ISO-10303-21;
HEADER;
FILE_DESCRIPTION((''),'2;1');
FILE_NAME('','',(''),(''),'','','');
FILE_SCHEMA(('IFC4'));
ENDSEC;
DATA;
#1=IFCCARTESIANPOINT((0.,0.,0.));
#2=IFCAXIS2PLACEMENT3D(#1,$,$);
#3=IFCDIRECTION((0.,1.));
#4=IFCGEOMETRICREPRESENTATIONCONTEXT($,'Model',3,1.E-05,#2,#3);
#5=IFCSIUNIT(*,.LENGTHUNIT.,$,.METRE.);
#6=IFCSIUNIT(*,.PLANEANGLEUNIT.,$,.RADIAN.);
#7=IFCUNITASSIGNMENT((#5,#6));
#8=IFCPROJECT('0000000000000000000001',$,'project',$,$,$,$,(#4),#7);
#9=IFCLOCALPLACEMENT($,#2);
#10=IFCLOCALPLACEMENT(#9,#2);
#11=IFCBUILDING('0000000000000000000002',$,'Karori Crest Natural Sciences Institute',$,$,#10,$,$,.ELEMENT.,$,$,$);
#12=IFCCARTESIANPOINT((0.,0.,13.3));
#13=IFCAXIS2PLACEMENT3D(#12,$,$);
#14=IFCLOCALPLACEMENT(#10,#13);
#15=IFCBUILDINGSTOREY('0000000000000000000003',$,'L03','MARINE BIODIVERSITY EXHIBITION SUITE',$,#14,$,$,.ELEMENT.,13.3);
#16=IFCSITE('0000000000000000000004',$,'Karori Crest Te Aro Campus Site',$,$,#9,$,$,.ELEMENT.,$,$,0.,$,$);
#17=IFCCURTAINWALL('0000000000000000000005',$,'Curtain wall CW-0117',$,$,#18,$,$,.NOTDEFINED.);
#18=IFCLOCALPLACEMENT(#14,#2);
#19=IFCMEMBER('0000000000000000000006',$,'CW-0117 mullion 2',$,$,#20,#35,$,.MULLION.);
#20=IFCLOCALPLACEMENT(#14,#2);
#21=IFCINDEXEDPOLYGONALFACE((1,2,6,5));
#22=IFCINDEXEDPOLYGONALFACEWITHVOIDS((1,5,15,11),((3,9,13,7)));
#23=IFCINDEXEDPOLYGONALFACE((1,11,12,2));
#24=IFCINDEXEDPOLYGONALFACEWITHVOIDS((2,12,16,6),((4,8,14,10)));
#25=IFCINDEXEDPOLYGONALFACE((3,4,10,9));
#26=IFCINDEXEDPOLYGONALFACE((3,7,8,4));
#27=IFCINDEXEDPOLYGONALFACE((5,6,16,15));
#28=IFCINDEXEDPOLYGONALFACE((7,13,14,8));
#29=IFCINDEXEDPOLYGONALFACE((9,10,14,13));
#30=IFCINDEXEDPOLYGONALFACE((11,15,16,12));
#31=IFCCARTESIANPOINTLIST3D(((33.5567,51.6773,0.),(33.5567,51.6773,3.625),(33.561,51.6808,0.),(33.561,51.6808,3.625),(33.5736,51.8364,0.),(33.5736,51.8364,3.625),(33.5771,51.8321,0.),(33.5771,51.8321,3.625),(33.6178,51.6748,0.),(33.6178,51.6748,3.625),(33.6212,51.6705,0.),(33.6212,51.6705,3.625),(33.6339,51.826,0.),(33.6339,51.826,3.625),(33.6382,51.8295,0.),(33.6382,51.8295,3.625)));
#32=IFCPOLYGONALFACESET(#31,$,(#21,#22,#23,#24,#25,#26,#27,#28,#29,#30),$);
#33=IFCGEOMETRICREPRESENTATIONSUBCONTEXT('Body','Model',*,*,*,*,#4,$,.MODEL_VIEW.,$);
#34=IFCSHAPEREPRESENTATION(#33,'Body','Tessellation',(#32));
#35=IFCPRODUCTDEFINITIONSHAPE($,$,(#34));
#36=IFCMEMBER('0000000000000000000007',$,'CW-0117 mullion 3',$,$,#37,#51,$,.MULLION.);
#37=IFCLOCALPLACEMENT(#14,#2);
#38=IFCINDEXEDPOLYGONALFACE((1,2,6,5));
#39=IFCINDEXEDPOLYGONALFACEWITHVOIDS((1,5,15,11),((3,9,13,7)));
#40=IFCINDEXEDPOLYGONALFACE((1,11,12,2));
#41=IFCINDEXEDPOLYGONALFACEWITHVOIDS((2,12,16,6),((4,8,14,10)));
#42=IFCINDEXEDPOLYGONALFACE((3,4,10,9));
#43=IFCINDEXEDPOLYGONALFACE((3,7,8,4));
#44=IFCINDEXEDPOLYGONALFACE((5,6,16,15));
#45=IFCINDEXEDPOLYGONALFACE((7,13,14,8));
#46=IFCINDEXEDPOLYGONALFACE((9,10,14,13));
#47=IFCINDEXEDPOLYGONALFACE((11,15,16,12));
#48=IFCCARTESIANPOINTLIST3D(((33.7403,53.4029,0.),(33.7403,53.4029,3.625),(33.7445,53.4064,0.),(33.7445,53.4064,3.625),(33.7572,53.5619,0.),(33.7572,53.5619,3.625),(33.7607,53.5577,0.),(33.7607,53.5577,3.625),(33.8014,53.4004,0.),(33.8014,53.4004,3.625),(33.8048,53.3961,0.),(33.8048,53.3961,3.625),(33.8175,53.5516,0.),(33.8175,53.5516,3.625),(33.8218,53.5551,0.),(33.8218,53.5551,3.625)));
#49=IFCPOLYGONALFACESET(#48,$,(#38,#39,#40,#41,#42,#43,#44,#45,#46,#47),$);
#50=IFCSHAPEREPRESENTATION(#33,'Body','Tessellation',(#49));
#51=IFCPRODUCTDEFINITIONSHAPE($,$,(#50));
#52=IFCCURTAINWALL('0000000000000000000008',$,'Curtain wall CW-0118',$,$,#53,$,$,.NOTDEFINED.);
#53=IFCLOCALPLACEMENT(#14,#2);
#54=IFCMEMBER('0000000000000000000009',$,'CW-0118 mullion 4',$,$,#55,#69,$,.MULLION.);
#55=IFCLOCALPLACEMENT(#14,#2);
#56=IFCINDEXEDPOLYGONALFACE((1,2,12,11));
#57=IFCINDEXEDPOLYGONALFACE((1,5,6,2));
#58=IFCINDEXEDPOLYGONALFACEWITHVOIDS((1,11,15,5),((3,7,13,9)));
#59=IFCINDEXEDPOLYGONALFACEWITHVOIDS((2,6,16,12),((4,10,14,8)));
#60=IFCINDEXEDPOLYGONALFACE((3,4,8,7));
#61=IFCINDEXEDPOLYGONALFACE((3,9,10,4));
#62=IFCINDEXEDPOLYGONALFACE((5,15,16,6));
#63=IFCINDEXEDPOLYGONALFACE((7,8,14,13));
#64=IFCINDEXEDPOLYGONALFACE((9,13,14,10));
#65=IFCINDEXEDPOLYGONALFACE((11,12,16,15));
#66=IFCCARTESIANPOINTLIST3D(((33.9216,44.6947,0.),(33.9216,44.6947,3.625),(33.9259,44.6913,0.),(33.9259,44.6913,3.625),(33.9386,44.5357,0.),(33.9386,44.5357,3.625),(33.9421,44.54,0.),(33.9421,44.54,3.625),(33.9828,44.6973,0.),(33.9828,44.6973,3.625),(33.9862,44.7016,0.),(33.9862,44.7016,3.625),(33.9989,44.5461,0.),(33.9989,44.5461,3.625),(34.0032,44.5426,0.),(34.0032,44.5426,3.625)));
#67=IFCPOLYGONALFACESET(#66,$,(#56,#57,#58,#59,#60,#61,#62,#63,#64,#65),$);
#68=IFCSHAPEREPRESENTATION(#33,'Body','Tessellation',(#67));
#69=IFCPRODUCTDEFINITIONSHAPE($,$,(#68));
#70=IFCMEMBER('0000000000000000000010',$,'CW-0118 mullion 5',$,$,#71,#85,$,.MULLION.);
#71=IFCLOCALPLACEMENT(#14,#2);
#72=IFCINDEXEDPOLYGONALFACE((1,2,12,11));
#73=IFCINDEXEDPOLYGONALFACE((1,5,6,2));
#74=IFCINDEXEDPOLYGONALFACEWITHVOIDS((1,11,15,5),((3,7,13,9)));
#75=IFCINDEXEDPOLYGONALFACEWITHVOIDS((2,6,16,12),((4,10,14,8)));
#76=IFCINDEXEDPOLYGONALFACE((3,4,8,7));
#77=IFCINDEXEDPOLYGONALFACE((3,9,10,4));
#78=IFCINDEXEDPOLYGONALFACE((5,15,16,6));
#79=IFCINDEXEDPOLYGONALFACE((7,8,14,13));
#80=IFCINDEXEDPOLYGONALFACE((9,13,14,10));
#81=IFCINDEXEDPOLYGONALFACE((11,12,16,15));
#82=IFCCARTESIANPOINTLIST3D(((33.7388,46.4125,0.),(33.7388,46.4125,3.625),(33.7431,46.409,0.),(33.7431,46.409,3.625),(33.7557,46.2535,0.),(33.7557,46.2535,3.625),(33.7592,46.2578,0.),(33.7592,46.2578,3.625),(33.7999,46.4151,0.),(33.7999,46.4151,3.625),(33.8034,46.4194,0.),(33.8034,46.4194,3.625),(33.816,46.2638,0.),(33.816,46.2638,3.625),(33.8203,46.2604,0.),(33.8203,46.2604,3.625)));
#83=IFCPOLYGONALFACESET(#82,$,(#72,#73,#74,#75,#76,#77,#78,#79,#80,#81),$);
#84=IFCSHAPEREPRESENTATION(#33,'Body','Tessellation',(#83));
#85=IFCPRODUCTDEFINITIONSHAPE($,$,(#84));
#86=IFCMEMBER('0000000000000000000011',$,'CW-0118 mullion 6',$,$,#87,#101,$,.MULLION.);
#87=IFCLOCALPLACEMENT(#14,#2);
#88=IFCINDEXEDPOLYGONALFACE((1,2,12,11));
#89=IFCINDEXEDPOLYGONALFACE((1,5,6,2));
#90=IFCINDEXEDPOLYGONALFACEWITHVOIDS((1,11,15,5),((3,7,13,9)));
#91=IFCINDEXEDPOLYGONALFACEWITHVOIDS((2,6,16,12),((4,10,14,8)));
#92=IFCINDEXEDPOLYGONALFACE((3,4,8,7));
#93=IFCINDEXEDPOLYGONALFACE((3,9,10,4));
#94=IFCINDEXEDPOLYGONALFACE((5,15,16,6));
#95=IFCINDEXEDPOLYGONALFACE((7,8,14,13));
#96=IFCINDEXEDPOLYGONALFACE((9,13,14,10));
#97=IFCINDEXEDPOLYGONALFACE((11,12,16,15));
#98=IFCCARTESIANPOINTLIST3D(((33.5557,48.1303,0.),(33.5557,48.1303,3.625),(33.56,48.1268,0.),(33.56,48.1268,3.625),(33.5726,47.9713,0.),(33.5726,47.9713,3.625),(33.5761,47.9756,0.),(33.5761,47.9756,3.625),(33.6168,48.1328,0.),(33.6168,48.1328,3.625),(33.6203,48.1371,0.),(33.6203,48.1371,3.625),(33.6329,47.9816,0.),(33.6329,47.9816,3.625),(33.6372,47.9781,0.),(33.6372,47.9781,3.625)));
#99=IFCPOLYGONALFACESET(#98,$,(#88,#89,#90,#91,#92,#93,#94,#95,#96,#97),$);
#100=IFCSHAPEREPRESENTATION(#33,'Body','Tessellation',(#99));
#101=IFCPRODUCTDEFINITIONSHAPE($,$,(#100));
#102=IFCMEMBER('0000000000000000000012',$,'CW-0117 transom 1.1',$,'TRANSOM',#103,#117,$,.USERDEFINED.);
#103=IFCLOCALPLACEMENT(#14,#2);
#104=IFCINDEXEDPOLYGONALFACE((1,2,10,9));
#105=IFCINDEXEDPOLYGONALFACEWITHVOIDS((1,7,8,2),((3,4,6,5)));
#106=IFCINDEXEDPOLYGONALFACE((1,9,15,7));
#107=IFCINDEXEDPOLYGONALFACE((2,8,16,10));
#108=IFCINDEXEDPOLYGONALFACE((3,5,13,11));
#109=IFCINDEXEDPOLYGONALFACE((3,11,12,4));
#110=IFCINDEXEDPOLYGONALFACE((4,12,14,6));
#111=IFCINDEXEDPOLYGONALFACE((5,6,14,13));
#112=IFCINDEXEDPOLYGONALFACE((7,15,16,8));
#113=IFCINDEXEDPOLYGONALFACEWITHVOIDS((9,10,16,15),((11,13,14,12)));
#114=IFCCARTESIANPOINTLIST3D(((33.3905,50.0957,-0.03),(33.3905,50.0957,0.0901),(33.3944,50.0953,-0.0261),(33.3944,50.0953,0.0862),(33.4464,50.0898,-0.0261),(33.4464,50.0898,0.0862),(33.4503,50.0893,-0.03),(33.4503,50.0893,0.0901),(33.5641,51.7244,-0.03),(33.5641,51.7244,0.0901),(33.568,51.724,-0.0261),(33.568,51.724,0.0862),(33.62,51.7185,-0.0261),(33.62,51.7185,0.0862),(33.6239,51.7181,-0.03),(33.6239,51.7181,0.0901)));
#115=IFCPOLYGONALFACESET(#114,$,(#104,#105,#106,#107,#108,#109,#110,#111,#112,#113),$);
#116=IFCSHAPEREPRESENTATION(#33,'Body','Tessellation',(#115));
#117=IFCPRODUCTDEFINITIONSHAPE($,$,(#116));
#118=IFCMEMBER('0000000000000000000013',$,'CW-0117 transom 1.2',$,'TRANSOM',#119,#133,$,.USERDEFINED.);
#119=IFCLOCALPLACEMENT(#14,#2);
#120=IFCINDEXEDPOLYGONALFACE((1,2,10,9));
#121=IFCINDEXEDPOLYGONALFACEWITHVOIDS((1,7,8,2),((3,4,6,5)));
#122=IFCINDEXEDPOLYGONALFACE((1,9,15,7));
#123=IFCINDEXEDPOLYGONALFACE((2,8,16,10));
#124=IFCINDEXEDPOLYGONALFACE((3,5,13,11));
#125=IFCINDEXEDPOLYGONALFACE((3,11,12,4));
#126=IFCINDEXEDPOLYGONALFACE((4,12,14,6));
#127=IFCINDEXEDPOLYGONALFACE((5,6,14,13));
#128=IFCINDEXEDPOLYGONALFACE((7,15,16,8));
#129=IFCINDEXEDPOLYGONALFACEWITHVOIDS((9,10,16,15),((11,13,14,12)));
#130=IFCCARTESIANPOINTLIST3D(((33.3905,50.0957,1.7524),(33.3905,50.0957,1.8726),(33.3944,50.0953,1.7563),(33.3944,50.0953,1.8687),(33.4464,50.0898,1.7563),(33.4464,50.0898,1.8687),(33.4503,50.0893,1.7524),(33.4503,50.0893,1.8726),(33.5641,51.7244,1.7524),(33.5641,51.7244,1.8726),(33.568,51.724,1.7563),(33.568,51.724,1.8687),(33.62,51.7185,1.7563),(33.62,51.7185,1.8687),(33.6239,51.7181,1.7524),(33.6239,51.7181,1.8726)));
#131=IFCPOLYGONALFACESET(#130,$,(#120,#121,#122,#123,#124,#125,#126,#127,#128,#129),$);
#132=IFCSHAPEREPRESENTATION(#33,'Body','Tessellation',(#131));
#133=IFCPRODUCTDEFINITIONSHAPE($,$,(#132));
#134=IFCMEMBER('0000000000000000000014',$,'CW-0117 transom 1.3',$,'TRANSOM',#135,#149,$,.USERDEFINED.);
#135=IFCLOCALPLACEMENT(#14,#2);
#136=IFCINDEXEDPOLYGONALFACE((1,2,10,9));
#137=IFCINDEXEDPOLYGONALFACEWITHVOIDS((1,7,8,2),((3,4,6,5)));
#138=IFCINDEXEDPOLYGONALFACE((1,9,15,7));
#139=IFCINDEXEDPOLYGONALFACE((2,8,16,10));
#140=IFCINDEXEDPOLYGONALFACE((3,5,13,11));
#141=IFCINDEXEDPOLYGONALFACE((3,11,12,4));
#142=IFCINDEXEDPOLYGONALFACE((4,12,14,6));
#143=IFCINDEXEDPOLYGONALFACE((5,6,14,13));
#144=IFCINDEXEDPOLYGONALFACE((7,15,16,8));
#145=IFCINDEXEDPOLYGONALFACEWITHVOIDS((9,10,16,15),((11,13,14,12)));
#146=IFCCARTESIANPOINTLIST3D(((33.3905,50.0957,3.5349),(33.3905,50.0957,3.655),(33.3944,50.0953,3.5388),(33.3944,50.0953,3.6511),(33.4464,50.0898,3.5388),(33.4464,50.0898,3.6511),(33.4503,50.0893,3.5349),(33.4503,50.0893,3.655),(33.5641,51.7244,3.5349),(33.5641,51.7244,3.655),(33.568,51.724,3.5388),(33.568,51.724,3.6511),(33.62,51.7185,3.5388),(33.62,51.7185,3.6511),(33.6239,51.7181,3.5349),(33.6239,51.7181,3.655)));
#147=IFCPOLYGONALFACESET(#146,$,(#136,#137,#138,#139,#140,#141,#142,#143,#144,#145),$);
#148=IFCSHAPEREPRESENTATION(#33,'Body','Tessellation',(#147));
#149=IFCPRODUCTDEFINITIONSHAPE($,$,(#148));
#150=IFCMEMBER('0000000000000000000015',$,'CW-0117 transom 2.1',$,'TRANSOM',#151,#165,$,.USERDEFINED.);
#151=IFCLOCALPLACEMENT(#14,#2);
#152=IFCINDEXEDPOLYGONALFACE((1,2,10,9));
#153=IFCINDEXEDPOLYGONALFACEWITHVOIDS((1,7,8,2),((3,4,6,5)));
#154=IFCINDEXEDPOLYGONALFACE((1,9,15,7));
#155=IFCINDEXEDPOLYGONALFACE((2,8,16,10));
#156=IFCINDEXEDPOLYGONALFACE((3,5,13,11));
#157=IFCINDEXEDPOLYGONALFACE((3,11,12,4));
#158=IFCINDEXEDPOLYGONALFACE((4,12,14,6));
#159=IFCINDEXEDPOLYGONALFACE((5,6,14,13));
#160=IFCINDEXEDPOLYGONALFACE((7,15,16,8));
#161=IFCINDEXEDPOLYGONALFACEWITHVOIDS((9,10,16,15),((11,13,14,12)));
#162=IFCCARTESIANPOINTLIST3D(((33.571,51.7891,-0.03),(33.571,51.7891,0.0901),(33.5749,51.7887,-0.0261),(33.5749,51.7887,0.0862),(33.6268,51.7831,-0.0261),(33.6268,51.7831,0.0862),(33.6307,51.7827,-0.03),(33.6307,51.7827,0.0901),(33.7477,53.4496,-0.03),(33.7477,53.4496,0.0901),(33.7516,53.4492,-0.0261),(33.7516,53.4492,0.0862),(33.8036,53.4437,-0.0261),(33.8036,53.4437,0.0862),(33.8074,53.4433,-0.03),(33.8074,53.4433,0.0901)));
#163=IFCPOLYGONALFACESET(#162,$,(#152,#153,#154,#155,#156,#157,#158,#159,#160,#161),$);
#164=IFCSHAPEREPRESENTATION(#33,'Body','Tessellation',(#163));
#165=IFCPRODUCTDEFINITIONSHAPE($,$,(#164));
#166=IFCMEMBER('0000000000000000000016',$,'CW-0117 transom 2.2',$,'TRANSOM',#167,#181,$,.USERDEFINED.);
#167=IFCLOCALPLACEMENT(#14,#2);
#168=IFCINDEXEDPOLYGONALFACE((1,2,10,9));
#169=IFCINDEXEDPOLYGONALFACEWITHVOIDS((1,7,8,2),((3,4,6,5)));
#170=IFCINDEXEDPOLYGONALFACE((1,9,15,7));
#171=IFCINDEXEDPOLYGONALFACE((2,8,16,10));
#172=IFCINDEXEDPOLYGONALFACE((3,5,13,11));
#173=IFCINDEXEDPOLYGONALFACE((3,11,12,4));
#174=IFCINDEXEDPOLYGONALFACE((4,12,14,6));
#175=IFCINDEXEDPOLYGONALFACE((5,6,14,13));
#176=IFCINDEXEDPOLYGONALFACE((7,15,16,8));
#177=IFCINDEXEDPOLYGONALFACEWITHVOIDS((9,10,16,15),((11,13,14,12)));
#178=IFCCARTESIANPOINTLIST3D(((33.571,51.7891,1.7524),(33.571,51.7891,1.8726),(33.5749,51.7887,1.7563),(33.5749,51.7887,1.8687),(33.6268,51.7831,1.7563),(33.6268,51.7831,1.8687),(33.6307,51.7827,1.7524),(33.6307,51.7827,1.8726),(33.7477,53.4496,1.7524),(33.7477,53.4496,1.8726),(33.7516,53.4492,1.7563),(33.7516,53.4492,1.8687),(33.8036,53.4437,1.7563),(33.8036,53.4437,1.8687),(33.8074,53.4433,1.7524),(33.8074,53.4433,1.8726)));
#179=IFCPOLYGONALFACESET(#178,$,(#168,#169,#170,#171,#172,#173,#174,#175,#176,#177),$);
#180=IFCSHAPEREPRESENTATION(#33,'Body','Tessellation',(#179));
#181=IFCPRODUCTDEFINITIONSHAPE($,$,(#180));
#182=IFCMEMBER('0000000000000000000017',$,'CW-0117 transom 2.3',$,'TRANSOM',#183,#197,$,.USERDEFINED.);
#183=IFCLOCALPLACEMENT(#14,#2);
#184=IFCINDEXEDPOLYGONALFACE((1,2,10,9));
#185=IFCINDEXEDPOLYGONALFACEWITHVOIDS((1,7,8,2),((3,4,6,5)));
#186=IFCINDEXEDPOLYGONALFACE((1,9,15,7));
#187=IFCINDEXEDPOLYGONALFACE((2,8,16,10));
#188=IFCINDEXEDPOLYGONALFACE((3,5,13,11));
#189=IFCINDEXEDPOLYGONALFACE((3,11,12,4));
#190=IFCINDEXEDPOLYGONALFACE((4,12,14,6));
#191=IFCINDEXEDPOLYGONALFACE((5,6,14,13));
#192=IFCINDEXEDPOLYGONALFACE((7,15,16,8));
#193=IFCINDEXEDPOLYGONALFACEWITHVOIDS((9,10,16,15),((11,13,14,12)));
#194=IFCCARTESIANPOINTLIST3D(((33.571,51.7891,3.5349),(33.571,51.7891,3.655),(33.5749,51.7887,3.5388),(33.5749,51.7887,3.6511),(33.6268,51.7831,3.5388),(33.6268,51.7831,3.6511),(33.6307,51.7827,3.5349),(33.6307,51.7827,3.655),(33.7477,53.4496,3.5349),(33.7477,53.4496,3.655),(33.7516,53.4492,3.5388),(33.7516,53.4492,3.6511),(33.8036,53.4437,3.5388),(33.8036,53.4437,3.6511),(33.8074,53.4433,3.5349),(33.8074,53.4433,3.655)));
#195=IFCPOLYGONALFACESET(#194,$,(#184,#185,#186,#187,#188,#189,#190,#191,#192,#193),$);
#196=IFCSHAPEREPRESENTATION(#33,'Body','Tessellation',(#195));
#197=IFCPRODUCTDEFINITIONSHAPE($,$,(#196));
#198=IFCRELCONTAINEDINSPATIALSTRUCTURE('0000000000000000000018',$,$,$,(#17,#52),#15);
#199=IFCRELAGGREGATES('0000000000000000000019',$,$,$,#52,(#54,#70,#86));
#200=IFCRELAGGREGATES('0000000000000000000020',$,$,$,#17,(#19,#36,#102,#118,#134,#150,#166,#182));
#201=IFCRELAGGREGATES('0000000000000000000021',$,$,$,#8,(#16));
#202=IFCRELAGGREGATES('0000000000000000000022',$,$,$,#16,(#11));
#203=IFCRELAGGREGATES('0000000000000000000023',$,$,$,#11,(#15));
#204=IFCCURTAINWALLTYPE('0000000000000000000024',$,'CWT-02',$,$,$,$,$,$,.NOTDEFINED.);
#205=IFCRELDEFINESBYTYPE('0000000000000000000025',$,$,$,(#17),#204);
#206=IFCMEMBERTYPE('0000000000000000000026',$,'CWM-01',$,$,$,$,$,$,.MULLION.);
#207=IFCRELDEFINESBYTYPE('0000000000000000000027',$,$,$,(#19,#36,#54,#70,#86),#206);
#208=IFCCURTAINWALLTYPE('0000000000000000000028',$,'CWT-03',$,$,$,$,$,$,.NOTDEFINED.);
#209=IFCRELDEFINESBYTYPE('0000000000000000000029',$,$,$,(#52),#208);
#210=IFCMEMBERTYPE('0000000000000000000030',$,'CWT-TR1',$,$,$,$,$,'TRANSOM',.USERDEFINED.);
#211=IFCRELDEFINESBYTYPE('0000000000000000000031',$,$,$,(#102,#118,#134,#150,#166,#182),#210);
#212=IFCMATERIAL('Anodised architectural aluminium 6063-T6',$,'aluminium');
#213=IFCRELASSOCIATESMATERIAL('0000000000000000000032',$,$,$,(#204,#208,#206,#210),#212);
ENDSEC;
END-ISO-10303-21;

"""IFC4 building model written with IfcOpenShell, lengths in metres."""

from ifc_helpers import new_model, si_unit, direction, frame, origin, origin_2d, place, context, subcontext, project, spatial, hollow_rectangle, extrude, material, material_profile, profile_set, type_object, element, aggregate, save


model = new_model("IFC4")

# Units and contexts
model_context = context("Model", 3, precision=1e-05, world=origin(), true_north=direction((0.0, 1.0)))
body_context = subcontext(model_context, "Body", "Model", "MODEL_VIEW")
ifc_project = project(units=[si_unit("LENGTHUNIT", "METRE"), si_unit("PLANEANGLEUNIT", "RADIAN")], contexts=[model_context])

# Site, building, storey
site_placement = place(None, origin())
site = spatial("IfcSite", under=ifc_project, at=site_placement, Name="Karori Crest Te Aro Campus Site", CompositionType="ELEMENT", RefElevation=0.0)
building_placement = place(site_placement, origin())
building = spatial("IfcBuilding", under=site, at=building_placement, Name="Karori Crest Natural Sciences Institute", CompositionType="ELEMENT")
storey_placement = place(building_placement, frame((0.0, 0.0, 13.3)))
storey = spatial("IfcBuildingStorey", under=building, at=storey_placement, Name="L03", Description="MARINE BIODIVERSITY EXHIBITION SUITE", CompositionType="ELEMENT", Elevation=13.3)

# Curtain walls, members
ifc_material_1 = material(Name="Anodised architectural aluminium 6063-T6", Category="aluminium")
curtain_wall_type_1 = type_object("IfcCurtainWallType", Name="CWT-02", PredefinedType="NOTDEFINED", material=ifc_material_1)
curtain_wall_1_placement = place(storey_placement, origin())
curtain_wall_1 = element("IfcCurtainWall", 1, at=curtain_wall_1_placement, inside=storey, type_object=curtain_wall_type_1, Name="Curtain wall CW-0117", PredefinedType="NOTDEFINED")
ifc_material_profile_1 = material_profile(ifc_material_1, hollow_rectangle(XDim=0.0649, YDim=0.1599, WallThickness=0.0039, at=origin_2d()), Name="CWM160x65x4")
ifc_profile_set_1 = profile_set([ifc_material_profile_1], Name="Anodised architectural aluminium 6063-T6")
member_type_1 = type_object("IfcMemberType", Name="CWM-01", PredefinedType="MULLION", material=ifc_profile_set_1)
member_1_placement = place(storey_placement, frame((33.5974, 51.7534, 0.0), z_axis=(0.0, 0.0, 1.0), x_axis=(-0.994378, 0.105886, 0.0)))
member_1 = element("IfcMember", 2, at=member_1_placement, type_object=member_type_1, Name="CW-0117 mullion 2", PredefinedType="MULLION", context=body_context, shape_type="SweptSolid", body=[
    extrude(hollow_rectangle(XDim=0.0649, YDim=0.1599, WallThickness=0.0039, at=origin_2d()), origin(), (0.0, 0.0, 1.0), 3.625),
])
member_2_placement = place(storey_placement, frame((33.781, 53.479, 0.0), z_axis=(0.0, 0.0, 1.0), x_axis=(-0.994378, 0.105886, 0.0)))
member_2 = element("IfcMember", 3, at=member_2_placement, type_object=member_type_1, Name="CW-0117 mullion 3", PredefinedType="MULLION", context=body_context, shape_type="SweptSolid", body=[
    extrude(hollow_rectangle(XDim=0.0649, YDim=0.1599, WallThickness=0.0039, at=origin_2d()), origin(), (0.0, 0.0, 1.0), 3.625),
])
curtain_wall_type_2 = type_object("IfcCurtainWallType", Name="CWT-03", PredefinedType="NOTDEFINED", material=ifc_material_1)
curtain_wall_2_placement = place(storey_placement, origin())
curtain_wall_2 = element("IfcCurtainWall", 4, at=curtain_wall_2_placement, inside=storey, type_object=curtain_wall_type_2, Name="Curtain wall CW-0118", PredefinedType="NOTDEFINED")
member_3_placement = place(storey_placement, frame((33.9624, 44.6187, 0.0), z_axis=(0.0, 0.0, 1.0), x_axis=(-0.994378, -0.105884, 0.0)))
member_3 = element("IfcMember", 5, at=member_3_placement, type_object=member_type_1, Name="CW-0118 mullion 4", PredefinedType="MULLION", context=body_context, shape_type="SweptSolid", body=[
    extrude(hollow_rectangle(XDim=0.0649, YDim=0.1599, WallThickness=0.0039, at=origin_2d()), origin(), (0.0, 0.0, 1.0), 3.625),
])
member_4_placement = place(storey_placement, frame((33.7795, 46.3364, 0.0), z_axis=(0.0, 0.0, 1.0), x_axis=(-0.994378, -0.105884, 0.0)))
member_4 = element("IfcMember", 6, at=member_4_placement, type_object=member_type_1, Name="CW-0118 mullion 5", PredefinedType="MULLION", context=body_context, shape_type="SweptSolid", body=[
    extrude(hollow_rectangle(XDim=0.0649, YDim=0.1599, WallThickness=0.0039, at=origin_2d()), origin(), (0.0, 0.0, 1.0), 3.625),
])
member_5_placement = place(storey_placement, frame((33.5964, 48.0542, 0.0), z_axis=(0.0, 0.0, 1.0), x_axis=(-0.994378, -0.105884, 0.0)))
member_5 = element("IfcMember", 7, at=member_5_placement, type_object=member_type_1, Name="CW-0118 mullion 6", PredefinedType="MULLION", context=body_context, shape_type="SweptSolid", body=[
    extrude(hollow_rectangle(XDim=0.0649, YDim=0.1599, WallThickness=0.0039, at=origin_2d()), origin(), (0.0, 0.0, 1.0), 3.625),
])

# Members
ifc_material_profile_2 = material_profile(ifc_material_1, hollow_rectangle(XDim=0.0601, YDim=0.1201, WallThickness=0.0039, at=origin_2d()), Name="CWT120x60x4")
ifc_profile_set_2 = profile_set([ifc_material_profile_2], Name="Anodised architectural aluminium 6063-T6")
member_type_2 = type_object("IfcMemberType", Name="CWT-TR1", ElementType="TRANSOM", PredefinedType="USERDEFINED", material=ifc_profile_set_2)
member_6_placement = place(storey_placement, frame((33.4204, 50.0925, 0.03), z_axis=(0.10598, 0.994368, 0.0), x_axis=(-0.994368, 0.10598, 0.0)))
member_6 = element("IfcMember", 8, at=member_6_placement, type_object=member_type_2, Name="CW-0117 transom 1.1", ObjectType="TRANSOM", PredefinedType="USERDEFINED", context=body_context, shape_type="SweptSolid", body=[
    extrude(hollow_rectangle(XDim=0.0601, YDim=0.1201, WallThickness=0.0039, at=origin_2d()), origin(), (0.0, 0.0, 1.0), 1.6379),
])
member_7_placement = place(storey_placement, frame((33.4204, 50.0925, 1.8125), z_axis=(0.10598, 0.994368, 0.0), x_axis=(-0.994368, 0.10598, 0.0)))
member_7 = element("IfcMember", 9, at=member_7_placement, type_object=member_type_2, Name="CW-0117 transom 1.2", ObjectType="TRANSOM", PredefinedType="USERDEFINED", context=body_context, shape_type="SweptSolid", body=[
    extrude(hollow_rectangle(XDim=0.0601, YDim=0.1201, WallThickness=0.0039, at=origin_2d()), origin(), (0.0, 0.0, 1.0), 1.6379),
])
member_8_placement = place(storey_placement, frame((33.4204, 50.0925, 3.595), z_axis=(0.10598, 0.994368, 0.0), x_axis=(-0.994368, 0.10598, 0.0)))
member_8 = element("IfcMember", 10, at=member_8_placement, type_object=member_type_2, Name="CW-0117 transom 1.3", ObjectType="TRANSOM", PredefinedType="USERDEFINED", context=body_context, shape_type="SweptSolid", body=[
    extrude(hollow_rectangle(XDim=0.0601, YDim=0.1201, WallThickness=0.0039, at=origin_2d()), origin(), (0.0, 0.0, 1.0), 1.6379),
])
member_9_placement = place(storey_placement, frame((33.6008, 51.7859, 0.03), z_axis=(0.105841, 0.994383, 0.0), x_axis=(-0.994383, 0.105841, 0.0)))
member_9 = element("IfcMember", 11, at=member_9_placement, type_object=member_type_2, Name="CW-0117 transom 2.1", ObjectType="TRANSOM", PredefinedType="USERDEFINED", context=body_context, shape_type="SweptSolid", body=[
    extrude(hollow_rectangle(XDim=0.0601, YDim=0.1201, WallThickness=0.0039, at=origin_2d()), origin(), (0.0, 0.0, 1.0), 1.6699),
])
member_10_placement = place(storey_placement, frame((33.6008, 51.7859, 1.8125), z_axis=(0.105841, 0.994383, 0.0), x_axis=(-0.994383, 0.105841, 0.0)))
member_10 = element("IfcMember", 12, at=member_10_placement, type_object=member_type_2, Name="CW-0117 transom 2.2", ObjectType="TRANSOM", PredefinedType="USERDEFINED", context=body_context, shape_type="SweptSolid", body=[
    extrude(hollow_rectangle(XDim=0.0601, YDim=0.1201, WallThickness=0.0039, at=origin_2d()), origin(), (0.0, 0.0, 1.0), 1.6699),
])
member_11_placement = place(storey_placement, frame((33.6008, 51.7859, 3.595), z_axis=(0.105841, 0.994383, 0.0), x_axis=(-0.994383, 0.105841, 0.0)))
member_11 = element("IfcMember", 13, at=member_11_placement, type_object=member_type_2, Name="CW-0117 transom 2.3", ObjectType="TRANSOM", PredefinedType="USERDEFINED", context=body_context, shape_type="SweptSolid", body=[
    extrude(hollow_rectangle(XDim=0.0601, YDim=0.1201, WallThickness=0.0039, at=origin_2d()), origin(), (0.0, 0.0, 1.0), 1.6699),
])

aggregate(curtain_wall_2, [member_3, member_4, member_5])
aggregate(curtain_wall_1, [member_1, member_2, member_6, member_7, member_8, member_9, member_10, member_11])

save(model, "model.ifc")
